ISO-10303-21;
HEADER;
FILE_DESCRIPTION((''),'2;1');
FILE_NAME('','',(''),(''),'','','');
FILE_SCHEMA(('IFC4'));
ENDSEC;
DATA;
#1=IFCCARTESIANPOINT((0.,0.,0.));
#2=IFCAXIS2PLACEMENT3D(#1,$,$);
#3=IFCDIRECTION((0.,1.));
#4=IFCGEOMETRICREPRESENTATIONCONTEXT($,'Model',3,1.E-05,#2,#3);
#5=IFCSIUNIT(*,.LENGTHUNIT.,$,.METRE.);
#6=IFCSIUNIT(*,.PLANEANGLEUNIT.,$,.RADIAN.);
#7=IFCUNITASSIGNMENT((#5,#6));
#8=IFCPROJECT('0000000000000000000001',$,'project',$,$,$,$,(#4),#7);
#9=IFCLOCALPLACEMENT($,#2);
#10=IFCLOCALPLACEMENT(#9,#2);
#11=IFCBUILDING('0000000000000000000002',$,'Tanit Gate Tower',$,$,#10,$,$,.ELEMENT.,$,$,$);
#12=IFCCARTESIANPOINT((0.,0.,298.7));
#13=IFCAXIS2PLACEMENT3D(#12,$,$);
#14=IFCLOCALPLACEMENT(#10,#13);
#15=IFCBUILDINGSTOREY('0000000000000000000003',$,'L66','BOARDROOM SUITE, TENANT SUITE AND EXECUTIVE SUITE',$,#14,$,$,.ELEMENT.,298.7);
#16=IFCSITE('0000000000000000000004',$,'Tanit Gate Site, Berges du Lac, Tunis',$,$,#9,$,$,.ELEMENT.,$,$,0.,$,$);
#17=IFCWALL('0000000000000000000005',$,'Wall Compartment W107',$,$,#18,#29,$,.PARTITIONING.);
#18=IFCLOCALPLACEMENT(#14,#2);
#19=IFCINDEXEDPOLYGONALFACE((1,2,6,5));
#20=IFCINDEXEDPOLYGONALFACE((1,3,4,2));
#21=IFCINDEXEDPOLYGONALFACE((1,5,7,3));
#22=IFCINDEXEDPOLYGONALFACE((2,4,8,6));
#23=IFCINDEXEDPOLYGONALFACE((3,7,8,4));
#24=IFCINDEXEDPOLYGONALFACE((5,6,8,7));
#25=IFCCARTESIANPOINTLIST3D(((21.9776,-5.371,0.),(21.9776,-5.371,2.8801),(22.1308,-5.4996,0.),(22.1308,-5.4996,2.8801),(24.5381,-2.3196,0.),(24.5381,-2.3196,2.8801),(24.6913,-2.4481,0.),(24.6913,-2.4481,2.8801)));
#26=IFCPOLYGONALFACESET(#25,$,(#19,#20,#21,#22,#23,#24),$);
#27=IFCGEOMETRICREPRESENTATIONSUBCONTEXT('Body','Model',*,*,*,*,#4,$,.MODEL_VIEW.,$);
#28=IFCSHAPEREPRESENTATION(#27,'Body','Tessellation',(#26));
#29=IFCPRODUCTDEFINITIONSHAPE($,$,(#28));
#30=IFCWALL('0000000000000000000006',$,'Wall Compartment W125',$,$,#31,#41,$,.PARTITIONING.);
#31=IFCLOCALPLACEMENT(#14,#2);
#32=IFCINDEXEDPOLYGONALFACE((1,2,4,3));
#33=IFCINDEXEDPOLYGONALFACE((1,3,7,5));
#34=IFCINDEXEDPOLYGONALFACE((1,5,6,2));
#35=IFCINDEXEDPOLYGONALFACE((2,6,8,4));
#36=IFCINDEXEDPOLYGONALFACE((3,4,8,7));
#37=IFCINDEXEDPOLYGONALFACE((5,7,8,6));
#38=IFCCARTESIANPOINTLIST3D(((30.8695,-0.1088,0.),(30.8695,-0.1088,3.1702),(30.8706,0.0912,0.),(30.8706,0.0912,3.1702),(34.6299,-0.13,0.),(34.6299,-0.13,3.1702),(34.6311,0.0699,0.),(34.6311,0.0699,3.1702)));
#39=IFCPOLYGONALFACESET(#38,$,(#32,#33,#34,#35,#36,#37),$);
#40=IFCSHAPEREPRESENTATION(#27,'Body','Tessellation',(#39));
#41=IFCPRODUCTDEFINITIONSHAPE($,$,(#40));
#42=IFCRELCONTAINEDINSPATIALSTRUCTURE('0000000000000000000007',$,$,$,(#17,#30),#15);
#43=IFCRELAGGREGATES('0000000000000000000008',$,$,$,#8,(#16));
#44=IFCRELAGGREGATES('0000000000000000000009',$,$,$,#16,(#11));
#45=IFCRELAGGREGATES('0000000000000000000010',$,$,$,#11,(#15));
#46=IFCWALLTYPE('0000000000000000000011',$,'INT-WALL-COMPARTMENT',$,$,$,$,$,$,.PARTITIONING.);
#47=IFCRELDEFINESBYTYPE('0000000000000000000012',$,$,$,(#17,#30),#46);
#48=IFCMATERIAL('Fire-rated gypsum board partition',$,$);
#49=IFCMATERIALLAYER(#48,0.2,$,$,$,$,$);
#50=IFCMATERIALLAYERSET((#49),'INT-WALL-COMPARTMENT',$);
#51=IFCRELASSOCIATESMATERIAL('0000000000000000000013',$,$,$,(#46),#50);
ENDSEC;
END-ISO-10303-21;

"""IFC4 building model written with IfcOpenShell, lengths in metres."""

from ifc_helpers import new_model, si_unit, direction, frame, frame_2d, origin, place, context, subcontext, project, spatial, rectangle, extrude, material, layer, layer_set, type_object, element, save


model = new_model("IFC4")

# Units and contexts
model_context = context("Model", 3, precision=1e-05, world=origin(), true_north=direction((0.0, 1.0)))
body_context = subcontext(model_context, "Body", "Model", "MODEL_VIEW")
ifc_project = project(units=[si_unit("LENGTHUNIT", "METRE"), si_unit("PLANEANGLEUNIT", "RADIAN")], contexts=[model_context])

# Site, building, storey
site_placement = place(None, origin())
site = spatial("IfcSite", under=ifc_project, at=site_placement, Name="Tanit Gate Site, Berges du Lac, Tunis", CompositionType="ELEMENT", RefElevation=0.0)
building_placement = place(site_placement, origin())
building = spatial("IfcBuilding", under=site, at=building_placement, Name="Tanit Gate Tower", CompositionType="ELEMENT")
storey_placement = place(building_placement, frame((0.0, 0.0, 298.7)))
storey = spatial("IfcBuildingStorey", under=building, at=storey_placement, Name="L66", Description="BOARDROOM SUITE, TENANT SUITE AND EXECUTIVE SUITE", CompositionType="ELEMENT", Elevation=298.7)

# Walls
ifc_material_1 = material(Name="Fire-rated gypsum board partition")
ifc_layer_1 = layer(ifc_material_1, 0.2)
ifc_layer_set_1 = layer_set([ifc_layer_1], Name="INT-WALL-COMPARTMENT")
wall_type_1 = type_object("IfcWallType", Name="INT-WALL-COMPARTMENT", PredefinedType="PARTITIONING", material=ifc_layer_set_1)
wall_1_placement = place(storey_placement, frame((22.0542, -5.4353, 0.0), z_axis=(0.0, 0.0, 1.0), x_axis=(0.642791, 0.766042, 0.0)))
element("IfcWall", 1, at=wall_1_placement, inside=storey, type_object=wall_type_1, Name="Wall Compartment W107", PredefinedType="PARTITIONING", context=body_context, shape_type="SweptSolid", body=[
    extrude(rectangle(XDim=3.9834, YDim=0.2, at=frame_2d((1.9917, 0.0))), origin(), (0.0, 0.0, 1.0), 2.8801),
])
wall_2_placement = place(storey_placement, frame((34.6306, -0.03, 0.0), z_axis=(0.0, 0.0, 1.0), x_axis=(-0.999984, 0.005648, 0.0)))
element("IfcWall", 2, at=wall_2_placement, inside=storey, type_object=wall_type_1, Name="Wall Compartment W125", PredefinedType="PARTITIONING", context=body_context, shape_type="SweptSolid", body=[
    extrude(rectangle(XDim=3.7605, YDim=0.2, at=frame_2d((1.8804, 0.0))), origin(), (0.0, 0.0, 1.0), 3.1702),
])

save(model, "model.ifc")
